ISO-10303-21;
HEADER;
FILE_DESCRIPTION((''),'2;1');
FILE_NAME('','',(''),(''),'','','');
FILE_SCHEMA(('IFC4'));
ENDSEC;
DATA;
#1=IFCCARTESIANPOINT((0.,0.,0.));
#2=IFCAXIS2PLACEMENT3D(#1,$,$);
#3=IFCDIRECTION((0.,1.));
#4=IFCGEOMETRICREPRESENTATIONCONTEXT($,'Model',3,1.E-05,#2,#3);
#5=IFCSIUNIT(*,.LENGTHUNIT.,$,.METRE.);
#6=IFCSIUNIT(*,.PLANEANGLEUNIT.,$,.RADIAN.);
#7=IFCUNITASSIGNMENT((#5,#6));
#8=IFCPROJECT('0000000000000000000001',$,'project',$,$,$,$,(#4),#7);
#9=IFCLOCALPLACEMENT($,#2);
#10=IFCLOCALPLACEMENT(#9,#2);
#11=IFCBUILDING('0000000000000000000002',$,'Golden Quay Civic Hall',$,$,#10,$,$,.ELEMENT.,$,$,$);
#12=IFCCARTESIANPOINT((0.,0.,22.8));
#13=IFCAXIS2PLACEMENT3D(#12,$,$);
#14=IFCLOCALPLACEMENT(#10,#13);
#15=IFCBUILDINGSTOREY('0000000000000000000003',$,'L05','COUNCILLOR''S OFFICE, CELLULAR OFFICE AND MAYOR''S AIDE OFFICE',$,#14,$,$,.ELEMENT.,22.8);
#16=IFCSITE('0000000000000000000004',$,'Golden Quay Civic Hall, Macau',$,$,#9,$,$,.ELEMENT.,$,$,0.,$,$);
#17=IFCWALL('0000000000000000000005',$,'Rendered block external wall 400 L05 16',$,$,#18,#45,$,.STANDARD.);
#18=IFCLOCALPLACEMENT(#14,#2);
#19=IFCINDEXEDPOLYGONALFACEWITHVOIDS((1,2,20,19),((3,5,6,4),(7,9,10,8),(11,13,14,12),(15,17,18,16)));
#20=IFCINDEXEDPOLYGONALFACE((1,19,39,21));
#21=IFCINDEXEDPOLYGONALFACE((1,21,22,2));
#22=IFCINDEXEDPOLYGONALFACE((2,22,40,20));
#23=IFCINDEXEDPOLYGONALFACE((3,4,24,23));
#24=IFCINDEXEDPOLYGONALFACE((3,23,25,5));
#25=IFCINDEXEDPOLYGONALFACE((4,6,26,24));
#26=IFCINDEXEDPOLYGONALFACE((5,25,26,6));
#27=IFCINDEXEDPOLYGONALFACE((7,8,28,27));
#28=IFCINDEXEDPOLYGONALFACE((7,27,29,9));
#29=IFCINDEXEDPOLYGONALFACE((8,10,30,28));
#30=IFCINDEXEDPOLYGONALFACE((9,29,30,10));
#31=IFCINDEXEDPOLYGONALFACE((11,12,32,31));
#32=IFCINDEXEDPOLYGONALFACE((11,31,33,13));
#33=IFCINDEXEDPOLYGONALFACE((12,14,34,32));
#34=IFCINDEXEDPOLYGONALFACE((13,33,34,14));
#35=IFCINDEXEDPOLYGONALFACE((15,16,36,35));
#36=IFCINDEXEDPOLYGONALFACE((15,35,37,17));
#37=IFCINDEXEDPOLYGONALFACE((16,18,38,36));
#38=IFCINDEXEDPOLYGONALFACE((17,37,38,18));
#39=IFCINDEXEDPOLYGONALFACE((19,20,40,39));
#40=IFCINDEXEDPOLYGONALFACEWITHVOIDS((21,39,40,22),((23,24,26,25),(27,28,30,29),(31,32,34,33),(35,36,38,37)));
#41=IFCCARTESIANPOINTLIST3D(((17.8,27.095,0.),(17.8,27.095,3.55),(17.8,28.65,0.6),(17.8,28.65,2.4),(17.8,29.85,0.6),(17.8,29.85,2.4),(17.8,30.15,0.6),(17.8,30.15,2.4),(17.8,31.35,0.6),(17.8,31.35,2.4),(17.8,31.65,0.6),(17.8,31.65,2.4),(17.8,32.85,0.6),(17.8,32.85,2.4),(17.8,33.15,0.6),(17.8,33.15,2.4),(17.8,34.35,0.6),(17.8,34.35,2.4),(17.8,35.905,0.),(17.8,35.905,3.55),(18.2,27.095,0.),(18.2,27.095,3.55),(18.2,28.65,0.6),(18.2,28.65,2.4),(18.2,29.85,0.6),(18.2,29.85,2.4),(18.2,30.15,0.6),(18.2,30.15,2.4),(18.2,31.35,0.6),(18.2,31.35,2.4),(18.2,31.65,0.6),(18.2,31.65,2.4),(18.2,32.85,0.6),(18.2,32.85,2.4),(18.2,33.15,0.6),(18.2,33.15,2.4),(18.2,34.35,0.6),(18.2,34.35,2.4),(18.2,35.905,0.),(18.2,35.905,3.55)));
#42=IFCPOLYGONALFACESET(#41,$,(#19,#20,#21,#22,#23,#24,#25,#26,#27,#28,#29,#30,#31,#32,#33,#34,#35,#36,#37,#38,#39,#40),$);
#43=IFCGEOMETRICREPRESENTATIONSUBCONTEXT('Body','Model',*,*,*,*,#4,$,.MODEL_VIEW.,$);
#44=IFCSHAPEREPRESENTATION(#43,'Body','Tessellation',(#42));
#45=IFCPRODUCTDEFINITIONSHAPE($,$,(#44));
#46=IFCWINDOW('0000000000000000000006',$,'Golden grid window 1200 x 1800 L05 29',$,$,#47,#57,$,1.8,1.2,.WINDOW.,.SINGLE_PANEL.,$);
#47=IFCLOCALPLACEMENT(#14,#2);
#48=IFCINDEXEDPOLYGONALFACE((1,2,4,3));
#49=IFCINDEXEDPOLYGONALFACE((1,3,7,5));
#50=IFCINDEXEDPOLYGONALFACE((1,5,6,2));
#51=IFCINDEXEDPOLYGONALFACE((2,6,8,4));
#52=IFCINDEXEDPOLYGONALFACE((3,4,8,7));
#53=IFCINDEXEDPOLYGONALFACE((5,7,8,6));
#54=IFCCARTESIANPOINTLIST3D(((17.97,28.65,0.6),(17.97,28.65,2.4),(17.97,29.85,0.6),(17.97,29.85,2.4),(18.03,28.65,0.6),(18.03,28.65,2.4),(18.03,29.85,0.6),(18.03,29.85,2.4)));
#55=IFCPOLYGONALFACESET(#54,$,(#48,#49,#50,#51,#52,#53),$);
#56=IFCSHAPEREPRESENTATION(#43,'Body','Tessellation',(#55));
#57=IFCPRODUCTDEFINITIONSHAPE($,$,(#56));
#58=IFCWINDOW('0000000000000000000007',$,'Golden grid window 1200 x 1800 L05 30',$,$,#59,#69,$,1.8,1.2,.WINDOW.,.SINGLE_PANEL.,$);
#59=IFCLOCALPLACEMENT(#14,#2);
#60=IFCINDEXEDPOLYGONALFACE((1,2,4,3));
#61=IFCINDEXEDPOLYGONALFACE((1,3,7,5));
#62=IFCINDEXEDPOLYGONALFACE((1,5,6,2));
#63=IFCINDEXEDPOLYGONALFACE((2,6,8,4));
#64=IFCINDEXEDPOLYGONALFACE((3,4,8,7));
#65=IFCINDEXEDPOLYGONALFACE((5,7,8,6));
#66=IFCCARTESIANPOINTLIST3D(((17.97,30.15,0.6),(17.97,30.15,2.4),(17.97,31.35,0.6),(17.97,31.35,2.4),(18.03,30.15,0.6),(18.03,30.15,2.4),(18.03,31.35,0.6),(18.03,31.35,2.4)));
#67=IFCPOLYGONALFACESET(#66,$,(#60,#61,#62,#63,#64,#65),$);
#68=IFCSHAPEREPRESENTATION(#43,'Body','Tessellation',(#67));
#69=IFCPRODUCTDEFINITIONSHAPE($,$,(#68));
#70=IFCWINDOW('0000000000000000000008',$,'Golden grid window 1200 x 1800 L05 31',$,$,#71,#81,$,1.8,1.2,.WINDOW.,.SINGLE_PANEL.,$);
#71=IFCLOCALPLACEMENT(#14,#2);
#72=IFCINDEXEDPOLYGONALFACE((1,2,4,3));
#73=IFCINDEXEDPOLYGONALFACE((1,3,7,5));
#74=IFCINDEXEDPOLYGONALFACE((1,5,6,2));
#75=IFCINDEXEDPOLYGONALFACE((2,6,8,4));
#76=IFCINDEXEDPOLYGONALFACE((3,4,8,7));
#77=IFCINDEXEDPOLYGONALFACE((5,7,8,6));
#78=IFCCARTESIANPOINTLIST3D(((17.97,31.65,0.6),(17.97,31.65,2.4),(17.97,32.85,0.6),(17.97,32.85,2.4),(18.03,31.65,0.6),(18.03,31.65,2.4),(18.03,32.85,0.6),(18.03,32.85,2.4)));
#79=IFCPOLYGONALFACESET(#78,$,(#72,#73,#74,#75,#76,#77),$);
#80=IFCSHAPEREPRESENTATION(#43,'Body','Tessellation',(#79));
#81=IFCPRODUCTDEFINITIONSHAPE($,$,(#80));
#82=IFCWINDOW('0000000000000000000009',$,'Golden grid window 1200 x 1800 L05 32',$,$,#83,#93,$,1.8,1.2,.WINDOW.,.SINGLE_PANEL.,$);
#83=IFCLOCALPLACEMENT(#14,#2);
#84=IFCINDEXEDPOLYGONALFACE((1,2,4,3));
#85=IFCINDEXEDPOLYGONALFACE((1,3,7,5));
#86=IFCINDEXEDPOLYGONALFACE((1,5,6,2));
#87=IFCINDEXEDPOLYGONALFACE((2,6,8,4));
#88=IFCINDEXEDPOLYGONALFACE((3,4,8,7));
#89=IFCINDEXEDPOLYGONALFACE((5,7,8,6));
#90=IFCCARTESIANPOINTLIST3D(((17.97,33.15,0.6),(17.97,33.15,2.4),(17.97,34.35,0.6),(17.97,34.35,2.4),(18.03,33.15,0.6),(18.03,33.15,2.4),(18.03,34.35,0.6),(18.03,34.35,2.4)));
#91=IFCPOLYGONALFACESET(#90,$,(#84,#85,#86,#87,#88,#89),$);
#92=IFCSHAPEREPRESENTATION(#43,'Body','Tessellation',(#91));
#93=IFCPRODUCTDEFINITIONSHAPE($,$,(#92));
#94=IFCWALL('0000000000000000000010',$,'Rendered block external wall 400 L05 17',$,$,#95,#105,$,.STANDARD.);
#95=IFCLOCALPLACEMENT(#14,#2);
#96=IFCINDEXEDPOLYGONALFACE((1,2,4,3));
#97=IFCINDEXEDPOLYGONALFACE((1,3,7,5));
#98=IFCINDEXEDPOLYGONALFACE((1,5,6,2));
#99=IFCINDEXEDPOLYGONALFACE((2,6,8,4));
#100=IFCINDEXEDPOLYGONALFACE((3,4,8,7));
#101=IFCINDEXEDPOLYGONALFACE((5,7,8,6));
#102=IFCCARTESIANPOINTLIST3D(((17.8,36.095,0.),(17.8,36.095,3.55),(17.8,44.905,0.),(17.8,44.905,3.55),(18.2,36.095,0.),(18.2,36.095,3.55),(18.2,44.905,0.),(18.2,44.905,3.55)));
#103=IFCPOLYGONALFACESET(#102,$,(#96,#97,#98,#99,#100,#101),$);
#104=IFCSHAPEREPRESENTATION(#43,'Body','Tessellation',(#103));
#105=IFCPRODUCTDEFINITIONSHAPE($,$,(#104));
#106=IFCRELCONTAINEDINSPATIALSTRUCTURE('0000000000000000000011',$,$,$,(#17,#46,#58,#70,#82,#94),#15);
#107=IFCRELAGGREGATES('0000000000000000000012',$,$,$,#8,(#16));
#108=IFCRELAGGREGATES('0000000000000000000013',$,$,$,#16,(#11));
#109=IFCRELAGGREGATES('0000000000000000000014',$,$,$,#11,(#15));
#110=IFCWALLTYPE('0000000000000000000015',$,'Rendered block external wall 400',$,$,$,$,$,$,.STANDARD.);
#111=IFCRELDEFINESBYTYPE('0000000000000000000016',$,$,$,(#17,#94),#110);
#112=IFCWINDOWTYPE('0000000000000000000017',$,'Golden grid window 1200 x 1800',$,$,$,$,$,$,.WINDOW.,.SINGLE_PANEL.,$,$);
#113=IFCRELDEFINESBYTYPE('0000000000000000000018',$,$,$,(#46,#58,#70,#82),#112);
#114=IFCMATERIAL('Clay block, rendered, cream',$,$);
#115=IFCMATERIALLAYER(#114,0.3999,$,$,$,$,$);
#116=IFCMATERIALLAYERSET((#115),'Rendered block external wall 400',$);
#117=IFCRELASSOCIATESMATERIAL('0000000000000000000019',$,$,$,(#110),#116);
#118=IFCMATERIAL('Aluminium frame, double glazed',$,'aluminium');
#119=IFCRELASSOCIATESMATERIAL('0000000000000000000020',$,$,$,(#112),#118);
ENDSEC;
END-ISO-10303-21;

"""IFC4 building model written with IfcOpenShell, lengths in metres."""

from ifc_helpers import new_model, si_unit, direction, frame, frame_2d, origin, place, context, subcontext, project, spatial, rectangle, extrude, material, layer, layer_set, type_object, element, fill, save


model = new_model("IFC4")

# Units and contexts
model_context = context("Model", 3, precision=1e-05, world=origin(), true_north=direction((0.0, 1.0)))
body_context = subcontext(model_context, "Body", "Model", "MODEL_VIEW")
ifc_project = project(units=[si_unit("LENGTHUNIT", "METRE"), si_unit("PLANEANGLEUNIT", "RADIAN")], contexts=[model_context])

# Site, building, storey
site_placement = place(None, origin())
site = spatial("IfcSite", under=ifc_project, at=site_placement, Name="Golden Quay Civic Hall, Macau", CompositionType="ELEMENT", RefElevation=0.0)
building_placement = place(site_placement, origin())
building = spatial("IfcBuilding", under=site, at=building_placement, Name="Golden Quay Civic Hall", CompositionType="ELEMENT")
storey_placement = place(building_placement, frame((0.0, 0.0, 22.8)))
storey = spatial("IfcBuildingStorey", under=building, at=storey_placement, Name="L05", Description="COUNCILLOR'S OFFICE, CELLULAR OFFICE AND MAYOR'S AIDE OFFICE", CompositionType="ELEMENT", Elevation=22.8)

# Wall, openings, windows
ifc_material_1 = material(Name="Clay block, rendered, cream")
ifc_layer_1 = layer(ifc_material_1, 0.3999)
ifc_layer_set_1 = layer_set([ifc_layer_1], Name="Rendered block external wall 400")
wall_type_1 = type_object("IfcWallType", Name="Rendered block external wall 400", PredefinedType="STANDARD", material=ifc_layer_set_1)
wall_1_placement = place(storey_placement, frame((18.0, 35.905, 0.0), z_axis=(0.0, 0.0, 1.0), x_axis=(0.0, -1.0, 0.0)))
wall_1 = element("IfcWall", 1, at=wall_1_placement, inside=storey, type_object=wall_type_1, Name="Rendered block external wall 400 L05 16", PredefinedType="STANDARD", context=body_context, shape_type="SweptSolid", body=[
    extrude(rectangle(XDim=8.8101, YDim=0.3999, at=frame_2d((4.405, 0.0))), origin(), (0.0, 0.0, 1.0), 3.55),
])
opening_1_placement = place(wall_1_placement, frame((6.0549, 0.0, 0.6001)))
opening_1 = element("IfcOpeningElement", 2, at=opening_1_placement, cuts=wall_1, PredefinedType="OPENING", context=body_context, shape_type="SweptSolid", body=[
    extrude(rectangle(XDim=1.2, YDim=1.8, at=frame_2d((0.6001, 0.8999))), frame((0.0, 0.21, 0.0), z_axis=(0.0, -1.0, 0.0), x_axis=(1.0, 0.0, 0.0)), (0.0, 0.0, 1.0), 0.4199),
])
opening_2_placement = place(wall_1_placement, frame((4.5549, 0.0, 0.6001)))
opening_2 = element("IfcOpeningElement", 3, at=opening_2_placement, cuts=wall_1, PredefinedType="OPENING", context=body_context, shape_type="SweptSolid", body=[
    extrude(rectangle(XDim=1.2, YDim=1.8, at=frame_2d((0.6001, 0.8999))), frame((0.0, 0.21, 0.0), z_axis=(0.0, -1.0, 0.0), x_axis=(1.0, 0.0, 0.0)), (0.0, 0.0, 1.0), 0.4199),
])
opening_3_placement = place(wall_1_placement, frame((3.0549, 0.0, 0.6001)))
opening_3 = element("IfcOpeningElement", 4, at=opening_3_placement, cuts=wall_1, PredefinedType="OPENING", context=body_context, shape_type="SweptSolid", body=[
    extrude(rectangle(XDim=1.2, YDim=1.8, at=frame_2d((0.6001, 0.8999))), frame((0.0, 0.21, 0.0), z_axis=(0.0, -1.0, 0.0), x_axis=(1.0, 0.0, 0.0)), (0.0, 0.0, 1.0), 0.4199),
])
opening_4_placement = place(wall_1_placement, frame((1.5549, 0.0, 0.6001)))
opening_4 = element("IfcOpeningElement", 5, at=opening_4_placement, cuts=wall_1, PredefinedType="OPENING", context=body_context, shape_type="SweptSolid", body=[
    extrude(rectangle(XDim=1.2, YDim=1.8, at=frame_2d((0.6001, 0.8999))), frame((0.0, 0.21, 0.0), z_axis=(0.0, -1.0, 0.0), x_axis=(1.0, 0.0, 0.0)), (0.0, 0.0, 1.0), 0.4199),
])
ifc_material_2 = material(Name="Aluminium frame, double glazed", Category="aluminium")
window_type = type_object("IfcWindowType", Name="Golden grid window 1200 x 1800", PartitioningType="SINGLE_PANEL", PredefinedType="WINDOW", material=ifc_material_2)
window_1_placement = place(opening_1_placement, origin())
window_1 = element("IfcWindow", 6, at=window_1_placement, inside=storey, type_object=window_type, Name="Golden grid window 1200 x 1800 L05 29", OverallHeight=1.8, OverallWidth=1.2, PartitioningType="SINGLE_PANEL", PredefinedType="WINDOW", context=body_context, shape_type="SweptSolid", body=[
    extrude(rectangle(XDim=1.2, YDim=1.8, at=frame_2d((0.6001, 0.8999))), frame((0.0, 0.03, 0.0), z_axis=(0.0, -1.0, 0.0), x_axis=(1.0, 0.0, 0.0)), (0.0, 0.0, 1.0), 0.0601),
])
fill(opening_1, window_1)
window_2_placement = place(opening_2_placement, origin())
window_2 = element("IfcWindow", 7, at=window_2_placement, inside=storey, type_object=window_type, Name="Golden grid window 1200 x 1800 L05 30", OverallHeight=1.8, OverallWidth=1.2, PartitioningType="SINGLE_PANEL", PredefinedType="WINDOW", context=body_context, shape_type="SweptSolid", body=[
    extrude(rectangle(XDim=1.2, YDim=1.8, at=frame_2d((0.6001, 0.8999))), frame((0.0, 0.03, 0.0), z_axis=(0.0, -1.0, 0.0), x_axis=(1.0, 0.0, 0.0)), (0.0, 0.0, 1.0), 0.0601),
])
fill(opening_2, window_2)
window_3_placement = place(opening_3_placement, origin())
window_3 = element("IfcWindow", 8, at=window_3_placement, inside=storey, type_object=window_type, Name="Golden grid window 1200 x 1800 L05 31", OverallHeight=1.8, OverallWidth=1.2, PartitioningType="SINGLE_PANEL", PredefinedType="WINDOW", context=body_context, shape_type="SweptSolid", body=[
    extrude(rectangle(XDim=1.2, YDim=1.8, at=frame_2d((0.6001, 0.8999))), frame((0.0, 0.03, 0.0), z_axis=(0.0, -1.0, 0.0), x_axis=(1.0, 0.0, 0.0)), (0.0, 0.0, 1.0), 0.0601),
])
fill(opening_3, window_3)
window_4_placement = place(opening_4_placement, origin())
window_4 = element("IfcWindow", 9, at=window_4_placement, inside=storey, type_object=window_type, Name="Golden grid window 1200 x 1800 L05 32", OverallHeight=1.8, OverallWidth=1.2, PartitioningType="SINGLE_PANEL", PredefinedType="WINDOW", context=body_context, shape_type="SweptSolid", body=[
    extrude(rectangle(XDim=1.2, YDim=1.8, at=frame_2d((0.6001, 0.8999))), frame((0.0, 0.03, 0.0), z_axis=(0.0, -1.0, 0.0), x_axis=(1.0, 0.0, 0.0)), (0.0, 0.0, 1.0), 0.0601),
])
fill(opening_4, window_4)

# Wall
wall_2_placement = place(storey_placement, frame((18.0, 44.905, 0.0), z_axis=(0.0, 0.0, 1.0), x_axis=(0.0, -1.0, 0.0)))
element("IfcWall", 10, at=wall_2_placement, inside=storey, type_object=wall_type_1, Name="Rendered block external wall 400 L05 17", PredefinedType="STANDARD", context=body_context, shape_type="SweptSolid", body=[
    extrude(rectangle(XDim=8.8101, YDim=0.3999, at=frame_2d((4.405, 0.0))), origin(), (0.0, 0.0, 1.0), 3.55),
])

save(model, "model.ifc")
